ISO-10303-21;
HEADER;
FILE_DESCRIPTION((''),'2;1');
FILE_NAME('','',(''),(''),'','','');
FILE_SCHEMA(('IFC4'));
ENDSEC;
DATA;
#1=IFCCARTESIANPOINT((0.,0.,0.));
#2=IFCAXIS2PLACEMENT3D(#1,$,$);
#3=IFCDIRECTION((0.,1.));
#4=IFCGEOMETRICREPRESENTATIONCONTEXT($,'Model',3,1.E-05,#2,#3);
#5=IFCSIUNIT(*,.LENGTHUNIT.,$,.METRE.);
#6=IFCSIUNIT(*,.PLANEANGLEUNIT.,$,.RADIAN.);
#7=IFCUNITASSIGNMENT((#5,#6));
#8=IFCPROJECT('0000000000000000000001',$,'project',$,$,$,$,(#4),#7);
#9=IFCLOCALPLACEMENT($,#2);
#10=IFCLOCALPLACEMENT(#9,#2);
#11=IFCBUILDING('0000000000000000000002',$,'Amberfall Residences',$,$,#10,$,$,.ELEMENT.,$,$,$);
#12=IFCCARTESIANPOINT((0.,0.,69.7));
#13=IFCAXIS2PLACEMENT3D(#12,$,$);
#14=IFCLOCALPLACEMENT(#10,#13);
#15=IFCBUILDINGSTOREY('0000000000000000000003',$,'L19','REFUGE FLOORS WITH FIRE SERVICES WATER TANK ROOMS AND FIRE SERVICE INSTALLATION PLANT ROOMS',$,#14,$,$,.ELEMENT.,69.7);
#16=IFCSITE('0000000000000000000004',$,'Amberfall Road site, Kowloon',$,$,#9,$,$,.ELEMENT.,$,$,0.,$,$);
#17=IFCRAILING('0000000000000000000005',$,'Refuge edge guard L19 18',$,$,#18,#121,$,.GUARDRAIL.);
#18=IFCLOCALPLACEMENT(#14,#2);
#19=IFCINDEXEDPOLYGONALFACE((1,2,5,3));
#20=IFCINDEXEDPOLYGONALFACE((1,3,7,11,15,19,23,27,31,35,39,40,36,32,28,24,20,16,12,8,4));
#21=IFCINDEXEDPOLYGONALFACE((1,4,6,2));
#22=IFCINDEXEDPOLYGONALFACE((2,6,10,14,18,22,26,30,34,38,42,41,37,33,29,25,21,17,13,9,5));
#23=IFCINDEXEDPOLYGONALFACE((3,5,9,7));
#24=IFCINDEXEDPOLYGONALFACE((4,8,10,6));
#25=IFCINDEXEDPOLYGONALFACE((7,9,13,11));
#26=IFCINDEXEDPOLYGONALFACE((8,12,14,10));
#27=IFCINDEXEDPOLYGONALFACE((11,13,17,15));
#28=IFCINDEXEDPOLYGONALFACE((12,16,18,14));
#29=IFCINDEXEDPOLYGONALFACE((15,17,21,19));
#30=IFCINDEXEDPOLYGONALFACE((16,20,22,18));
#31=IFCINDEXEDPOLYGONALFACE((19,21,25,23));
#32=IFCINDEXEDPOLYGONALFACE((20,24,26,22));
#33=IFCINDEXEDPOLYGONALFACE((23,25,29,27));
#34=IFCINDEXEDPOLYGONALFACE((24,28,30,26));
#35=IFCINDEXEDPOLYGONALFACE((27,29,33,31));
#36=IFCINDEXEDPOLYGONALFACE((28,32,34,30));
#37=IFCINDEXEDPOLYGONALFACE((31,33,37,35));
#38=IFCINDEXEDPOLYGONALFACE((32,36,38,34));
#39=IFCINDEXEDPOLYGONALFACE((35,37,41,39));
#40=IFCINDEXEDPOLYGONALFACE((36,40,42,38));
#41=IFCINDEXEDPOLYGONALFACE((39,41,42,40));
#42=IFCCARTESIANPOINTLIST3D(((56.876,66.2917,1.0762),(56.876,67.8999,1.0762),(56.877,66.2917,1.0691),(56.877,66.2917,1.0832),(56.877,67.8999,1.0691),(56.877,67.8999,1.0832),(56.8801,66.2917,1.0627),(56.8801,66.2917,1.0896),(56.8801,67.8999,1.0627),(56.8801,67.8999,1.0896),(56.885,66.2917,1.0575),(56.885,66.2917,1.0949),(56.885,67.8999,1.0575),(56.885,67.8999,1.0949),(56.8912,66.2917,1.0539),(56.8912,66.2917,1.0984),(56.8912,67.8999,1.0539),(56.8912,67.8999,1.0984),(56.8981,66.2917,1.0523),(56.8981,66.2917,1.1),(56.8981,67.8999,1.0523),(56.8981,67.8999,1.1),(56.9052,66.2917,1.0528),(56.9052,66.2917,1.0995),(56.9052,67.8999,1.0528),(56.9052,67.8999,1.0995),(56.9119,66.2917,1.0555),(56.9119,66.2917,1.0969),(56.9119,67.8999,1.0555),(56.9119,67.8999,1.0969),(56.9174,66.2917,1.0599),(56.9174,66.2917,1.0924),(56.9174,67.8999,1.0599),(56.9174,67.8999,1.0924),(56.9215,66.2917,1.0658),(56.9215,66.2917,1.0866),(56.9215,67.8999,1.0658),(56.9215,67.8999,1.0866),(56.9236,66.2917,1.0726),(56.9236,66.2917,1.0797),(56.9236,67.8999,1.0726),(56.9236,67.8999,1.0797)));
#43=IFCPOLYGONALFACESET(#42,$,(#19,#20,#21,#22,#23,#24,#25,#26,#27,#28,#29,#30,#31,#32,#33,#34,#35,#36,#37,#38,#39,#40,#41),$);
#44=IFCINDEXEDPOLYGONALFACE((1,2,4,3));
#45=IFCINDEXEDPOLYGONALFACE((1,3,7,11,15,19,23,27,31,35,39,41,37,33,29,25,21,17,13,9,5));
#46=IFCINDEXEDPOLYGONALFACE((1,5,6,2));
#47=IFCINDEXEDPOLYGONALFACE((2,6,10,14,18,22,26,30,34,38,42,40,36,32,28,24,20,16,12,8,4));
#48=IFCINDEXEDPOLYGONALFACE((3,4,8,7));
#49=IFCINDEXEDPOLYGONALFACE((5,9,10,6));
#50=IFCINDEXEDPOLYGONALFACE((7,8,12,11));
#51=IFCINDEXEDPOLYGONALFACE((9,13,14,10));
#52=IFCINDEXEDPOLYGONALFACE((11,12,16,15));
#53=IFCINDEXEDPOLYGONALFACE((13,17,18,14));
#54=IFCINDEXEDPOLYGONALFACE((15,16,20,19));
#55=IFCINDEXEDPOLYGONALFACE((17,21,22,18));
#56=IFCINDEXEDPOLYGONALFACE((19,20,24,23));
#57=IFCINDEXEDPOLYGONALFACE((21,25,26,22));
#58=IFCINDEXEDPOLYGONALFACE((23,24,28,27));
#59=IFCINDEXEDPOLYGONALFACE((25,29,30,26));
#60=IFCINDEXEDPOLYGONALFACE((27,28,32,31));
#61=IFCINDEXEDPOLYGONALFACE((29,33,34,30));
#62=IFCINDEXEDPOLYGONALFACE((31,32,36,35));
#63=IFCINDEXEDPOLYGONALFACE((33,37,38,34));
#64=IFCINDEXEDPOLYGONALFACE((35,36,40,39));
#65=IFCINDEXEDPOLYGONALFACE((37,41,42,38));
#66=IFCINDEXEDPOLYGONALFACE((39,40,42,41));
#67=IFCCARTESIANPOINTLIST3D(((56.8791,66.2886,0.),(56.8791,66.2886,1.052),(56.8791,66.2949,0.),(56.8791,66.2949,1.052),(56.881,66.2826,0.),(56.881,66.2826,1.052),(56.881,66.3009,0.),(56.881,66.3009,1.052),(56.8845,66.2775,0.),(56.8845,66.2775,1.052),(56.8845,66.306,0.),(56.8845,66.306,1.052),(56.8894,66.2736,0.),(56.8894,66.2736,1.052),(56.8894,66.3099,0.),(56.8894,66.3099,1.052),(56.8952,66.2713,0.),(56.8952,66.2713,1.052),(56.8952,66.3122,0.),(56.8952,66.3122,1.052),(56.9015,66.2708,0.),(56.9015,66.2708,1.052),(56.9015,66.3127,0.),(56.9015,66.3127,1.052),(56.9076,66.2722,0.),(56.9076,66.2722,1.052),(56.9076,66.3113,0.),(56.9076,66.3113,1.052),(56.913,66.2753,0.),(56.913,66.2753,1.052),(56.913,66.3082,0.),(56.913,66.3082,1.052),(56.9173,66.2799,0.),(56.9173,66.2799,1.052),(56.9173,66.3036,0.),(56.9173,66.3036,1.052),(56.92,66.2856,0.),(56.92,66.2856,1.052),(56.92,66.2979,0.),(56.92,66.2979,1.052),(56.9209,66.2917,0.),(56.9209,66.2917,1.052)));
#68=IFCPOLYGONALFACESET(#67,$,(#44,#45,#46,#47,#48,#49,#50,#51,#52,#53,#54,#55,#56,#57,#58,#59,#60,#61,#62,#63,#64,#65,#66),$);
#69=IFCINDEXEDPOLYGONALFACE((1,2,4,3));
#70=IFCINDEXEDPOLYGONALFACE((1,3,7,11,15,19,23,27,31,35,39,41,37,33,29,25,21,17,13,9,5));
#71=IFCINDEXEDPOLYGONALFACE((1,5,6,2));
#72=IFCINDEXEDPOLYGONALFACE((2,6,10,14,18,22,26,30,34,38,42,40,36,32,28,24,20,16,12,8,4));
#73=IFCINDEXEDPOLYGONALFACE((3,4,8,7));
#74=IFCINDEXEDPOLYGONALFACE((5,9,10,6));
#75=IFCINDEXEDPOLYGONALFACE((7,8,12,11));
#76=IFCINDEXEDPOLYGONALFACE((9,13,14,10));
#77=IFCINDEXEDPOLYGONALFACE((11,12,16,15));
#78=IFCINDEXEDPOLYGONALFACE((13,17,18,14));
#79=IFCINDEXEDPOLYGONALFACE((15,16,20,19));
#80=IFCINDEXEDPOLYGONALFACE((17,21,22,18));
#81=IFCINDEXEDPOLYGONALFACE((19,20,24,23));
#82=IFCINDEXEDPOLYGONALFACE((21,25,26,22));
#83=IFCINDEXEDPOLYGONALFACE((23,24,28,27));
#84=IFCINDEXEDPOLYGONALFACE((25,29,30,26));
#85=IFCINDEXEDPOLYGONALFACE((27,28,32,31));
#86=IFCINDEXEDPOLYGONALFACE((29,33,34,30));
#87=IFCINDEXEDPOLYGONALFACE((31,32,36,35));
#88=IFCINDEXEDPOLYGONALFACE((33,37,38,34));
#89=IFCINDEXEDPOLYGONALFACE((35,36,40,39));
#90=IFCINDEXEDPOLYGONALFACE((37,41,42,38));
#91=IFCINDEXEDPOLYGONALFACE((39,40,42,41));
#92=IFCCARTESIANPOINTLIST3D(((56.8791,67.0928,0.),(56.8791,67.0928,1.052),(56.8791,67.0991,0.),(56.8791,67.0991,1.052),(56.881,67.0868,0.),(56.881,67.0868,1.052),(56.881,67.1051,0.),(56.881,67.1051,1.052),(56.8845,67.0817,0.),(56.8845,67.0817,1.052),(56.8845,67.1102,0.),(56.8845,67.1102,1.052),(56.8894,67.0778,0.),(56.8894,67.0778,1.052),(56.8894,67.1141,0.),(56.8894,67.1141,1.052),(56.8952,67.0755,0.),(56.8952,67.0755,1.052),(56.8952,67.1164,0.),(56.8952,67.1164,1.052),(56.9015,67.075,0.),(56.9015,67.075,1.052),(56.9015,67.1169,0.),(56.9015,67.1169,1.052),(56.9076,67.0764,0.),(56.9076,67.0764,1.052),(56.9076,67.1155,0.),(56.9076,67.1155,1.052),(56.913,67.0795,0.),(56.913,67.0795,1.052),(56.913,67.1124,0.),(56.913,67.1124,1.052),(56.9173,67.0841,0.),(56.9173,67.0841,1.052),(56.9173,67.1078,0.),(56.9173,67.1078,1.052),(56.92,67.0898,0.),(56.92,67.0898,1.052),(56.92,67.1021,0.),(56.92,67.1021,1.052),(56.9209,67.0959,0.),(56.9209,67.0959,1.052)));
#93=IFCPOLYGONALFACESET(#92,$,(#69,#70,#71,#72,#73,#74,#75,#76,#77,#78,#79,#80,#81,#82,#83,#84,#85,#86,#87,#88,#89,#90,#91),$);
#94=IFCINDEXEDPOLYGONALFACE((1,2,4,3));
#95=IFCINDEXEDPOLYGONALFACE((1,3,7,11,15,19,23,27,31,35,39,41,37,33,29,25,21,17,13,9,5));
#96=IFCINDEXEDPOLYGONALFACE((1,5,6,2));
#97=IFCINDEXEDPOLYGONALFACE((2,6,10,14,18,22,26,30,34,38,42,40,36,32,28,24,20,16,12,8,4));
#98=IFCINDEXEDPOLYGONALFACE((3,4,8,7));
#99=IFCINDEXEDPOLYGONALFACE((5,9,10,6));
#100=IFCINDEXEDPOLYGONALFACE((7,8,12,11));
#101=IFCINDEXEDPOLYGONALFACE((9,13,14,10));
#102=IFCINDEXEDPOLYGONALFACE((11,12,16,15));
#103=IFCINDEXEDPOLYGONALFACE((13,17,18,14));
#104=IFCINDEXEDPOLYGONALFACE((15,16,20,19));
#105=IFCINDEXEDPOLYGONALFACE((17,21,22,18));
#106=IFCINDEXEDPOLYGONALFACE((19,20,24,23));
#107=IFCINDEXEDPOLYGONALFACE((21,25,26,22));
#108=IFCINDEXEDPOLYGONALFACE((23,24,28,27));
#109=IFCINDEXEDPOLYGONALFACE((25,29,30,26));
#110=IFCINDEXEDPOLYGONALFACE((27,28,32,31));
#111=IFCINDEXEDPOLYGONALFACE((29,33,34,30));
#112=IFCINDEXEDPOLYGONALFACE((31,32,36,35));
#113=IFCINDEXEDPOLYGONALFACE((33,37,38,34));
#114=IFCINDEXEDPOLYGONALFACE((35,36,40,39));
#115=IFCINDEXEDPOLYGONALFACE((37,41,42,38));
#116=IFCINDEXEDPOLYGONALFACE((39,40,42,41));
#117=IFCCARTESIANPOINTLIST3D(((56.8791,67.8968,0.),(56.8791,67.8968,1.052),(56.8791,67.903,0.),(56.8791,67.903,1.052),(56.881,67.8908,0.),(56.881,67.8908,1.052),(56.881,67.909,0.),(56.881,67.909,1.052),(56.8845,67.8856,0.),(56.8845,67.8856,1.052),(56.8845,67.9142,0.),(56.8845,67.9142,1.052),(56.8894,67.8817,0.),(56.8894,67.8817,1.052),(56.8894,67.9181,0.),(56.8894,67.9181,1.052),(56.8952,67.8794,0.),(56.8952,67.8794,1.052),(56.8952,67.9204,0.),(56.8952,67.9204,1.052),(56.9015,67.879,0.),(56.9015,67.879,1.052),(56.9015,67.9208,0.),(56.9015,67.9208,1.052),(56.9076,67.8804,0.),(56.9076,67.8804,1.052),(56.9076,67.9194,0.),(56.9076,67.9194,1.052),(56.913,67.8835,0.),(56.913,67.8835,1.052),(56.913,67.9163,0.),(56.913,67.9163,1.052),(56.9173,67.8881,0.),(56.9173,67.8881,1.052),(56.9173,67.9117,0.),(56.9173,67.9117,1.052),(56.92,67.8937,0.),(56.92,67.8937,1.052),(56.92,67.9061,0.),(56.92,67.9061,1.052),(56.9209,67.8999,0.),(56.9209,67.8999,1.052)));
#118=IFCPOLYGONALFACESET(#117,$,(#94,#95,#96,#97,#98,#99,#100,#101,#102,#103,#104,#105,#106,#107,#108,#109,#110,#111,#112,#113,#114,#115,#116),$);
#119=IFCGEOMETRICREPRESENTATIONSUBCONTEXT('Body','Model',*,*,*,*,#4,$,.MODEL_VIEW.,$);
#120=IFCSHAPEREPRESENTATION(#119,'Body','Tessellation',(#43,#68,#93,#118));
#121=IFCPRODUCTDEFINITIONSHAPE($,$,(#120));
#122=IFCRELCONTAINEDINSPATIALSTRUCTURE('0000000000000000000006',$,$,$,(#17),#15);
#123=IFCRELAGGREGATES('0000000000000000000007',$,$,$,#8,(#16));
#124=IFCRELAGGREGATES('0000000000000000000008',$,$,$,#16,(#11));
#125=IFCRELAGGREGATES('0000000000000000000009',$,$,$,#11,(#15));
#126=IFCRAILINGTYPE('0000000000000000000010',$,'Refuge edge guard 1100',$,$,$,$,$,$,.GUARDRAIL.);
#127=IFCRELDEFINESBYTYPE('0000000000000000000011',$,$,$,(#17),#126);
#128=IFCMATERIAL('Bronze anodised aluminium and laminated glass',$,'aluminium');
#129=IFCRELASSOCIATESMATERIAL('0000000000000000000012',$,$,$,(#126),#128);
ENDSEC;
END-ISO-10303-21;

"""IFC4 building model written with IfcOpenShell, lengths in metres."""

from ifc_helpers import new_model, si_unit, direction, frame, origin, origin_2d, place, context, subcontext, project, spatial, circle, extrude, material, type_object, element, save


model = new_model("IFC4")

# Units and contexts
model_context = context("Model", 3, precision=1e-05, world=origin(), true_north=direction((0.0, 1.0)))
body_context = subcontext(model_context, "Body", "Model", "MODEL_VIEW")
ifc_project = project(units=[si_unit("LENGTHUNIT", "METRE"), si_unit("PLANEANGLEUNIT", "RADIAN")], contexts=[model_context])

# Site, building, storey
site_placement = place(None, origin())
site = spatial("IfcSite", under=ifc_project, at=site_placement, Name="Amberfall Road site, Kowloon", CompositionType="ELEMENT", RefElevation=0.0)
building_placement = place(site_placement, origin())
building = spatial("IfcBuilding", under=site, at=building_placement, Name="Amberfall Residences", CompositionType="ELEMENT")
storey_placement = place(building_placement, frame((0.0, 0.0, 69.7)))
storey = spatial("IfcBuildingStorey", under=building, at=storey_placement, Name="L19", Description="REFUGE FLOORS WITH FIRE SERVICES WATER TANK ROOMS AND FIRE SERVICE INSTALLATION PLANT ROOMS", CompositionType="ELEMENT", Elevation=69.7)

# Railing
ifc_material_1 = material(Name="Bronze anodised aluminium and laminated glass", Category="aluminium")
railing_type = type_object("IfcRailingType", Name="Refuge edge guard 1100", PredefinedType="GUARDRAIL", material=ifc_material_1)
railing_1_placement = place(storey_placement, frame((56.8999, 66.2917, 0.0)))
element("IfcRailing", 1, at=railing_1_placement, inside=storey, type_object=railing_type, Name="Refuge edge guard L19 18", PredefinedType="GUARDRAIL", context=body_context, shape_type="SweptSolid", body=[
    extrude(circle(Radius=0.0239, at=origin_2d()), frame((0.0, 0.0, 1.0762), z_axis=(0.0, 1.0, 0.0), x_axis=(-1.0, 0.0, 0.0)), (0.0, 0.0, 1.0), 1.6082),
    extrude(circle(Radius=0.021, at=origin_2d()), origin(), (0.0, 0.0, 1.0), 1.052),
    extrude(circle(Radius=0.021, at=origin_2d()), frame((0.0, 0.8042, 0.0)), (0.0, 0.0, 1.0), 1.052),
    extrude(circle(Radius=0.021, at=origin_2d()), frame((0.0, 1.6082, 0.0)), (0.0, 0.0, 1.0), 1.052),
])

save(model, "model.ifc")
